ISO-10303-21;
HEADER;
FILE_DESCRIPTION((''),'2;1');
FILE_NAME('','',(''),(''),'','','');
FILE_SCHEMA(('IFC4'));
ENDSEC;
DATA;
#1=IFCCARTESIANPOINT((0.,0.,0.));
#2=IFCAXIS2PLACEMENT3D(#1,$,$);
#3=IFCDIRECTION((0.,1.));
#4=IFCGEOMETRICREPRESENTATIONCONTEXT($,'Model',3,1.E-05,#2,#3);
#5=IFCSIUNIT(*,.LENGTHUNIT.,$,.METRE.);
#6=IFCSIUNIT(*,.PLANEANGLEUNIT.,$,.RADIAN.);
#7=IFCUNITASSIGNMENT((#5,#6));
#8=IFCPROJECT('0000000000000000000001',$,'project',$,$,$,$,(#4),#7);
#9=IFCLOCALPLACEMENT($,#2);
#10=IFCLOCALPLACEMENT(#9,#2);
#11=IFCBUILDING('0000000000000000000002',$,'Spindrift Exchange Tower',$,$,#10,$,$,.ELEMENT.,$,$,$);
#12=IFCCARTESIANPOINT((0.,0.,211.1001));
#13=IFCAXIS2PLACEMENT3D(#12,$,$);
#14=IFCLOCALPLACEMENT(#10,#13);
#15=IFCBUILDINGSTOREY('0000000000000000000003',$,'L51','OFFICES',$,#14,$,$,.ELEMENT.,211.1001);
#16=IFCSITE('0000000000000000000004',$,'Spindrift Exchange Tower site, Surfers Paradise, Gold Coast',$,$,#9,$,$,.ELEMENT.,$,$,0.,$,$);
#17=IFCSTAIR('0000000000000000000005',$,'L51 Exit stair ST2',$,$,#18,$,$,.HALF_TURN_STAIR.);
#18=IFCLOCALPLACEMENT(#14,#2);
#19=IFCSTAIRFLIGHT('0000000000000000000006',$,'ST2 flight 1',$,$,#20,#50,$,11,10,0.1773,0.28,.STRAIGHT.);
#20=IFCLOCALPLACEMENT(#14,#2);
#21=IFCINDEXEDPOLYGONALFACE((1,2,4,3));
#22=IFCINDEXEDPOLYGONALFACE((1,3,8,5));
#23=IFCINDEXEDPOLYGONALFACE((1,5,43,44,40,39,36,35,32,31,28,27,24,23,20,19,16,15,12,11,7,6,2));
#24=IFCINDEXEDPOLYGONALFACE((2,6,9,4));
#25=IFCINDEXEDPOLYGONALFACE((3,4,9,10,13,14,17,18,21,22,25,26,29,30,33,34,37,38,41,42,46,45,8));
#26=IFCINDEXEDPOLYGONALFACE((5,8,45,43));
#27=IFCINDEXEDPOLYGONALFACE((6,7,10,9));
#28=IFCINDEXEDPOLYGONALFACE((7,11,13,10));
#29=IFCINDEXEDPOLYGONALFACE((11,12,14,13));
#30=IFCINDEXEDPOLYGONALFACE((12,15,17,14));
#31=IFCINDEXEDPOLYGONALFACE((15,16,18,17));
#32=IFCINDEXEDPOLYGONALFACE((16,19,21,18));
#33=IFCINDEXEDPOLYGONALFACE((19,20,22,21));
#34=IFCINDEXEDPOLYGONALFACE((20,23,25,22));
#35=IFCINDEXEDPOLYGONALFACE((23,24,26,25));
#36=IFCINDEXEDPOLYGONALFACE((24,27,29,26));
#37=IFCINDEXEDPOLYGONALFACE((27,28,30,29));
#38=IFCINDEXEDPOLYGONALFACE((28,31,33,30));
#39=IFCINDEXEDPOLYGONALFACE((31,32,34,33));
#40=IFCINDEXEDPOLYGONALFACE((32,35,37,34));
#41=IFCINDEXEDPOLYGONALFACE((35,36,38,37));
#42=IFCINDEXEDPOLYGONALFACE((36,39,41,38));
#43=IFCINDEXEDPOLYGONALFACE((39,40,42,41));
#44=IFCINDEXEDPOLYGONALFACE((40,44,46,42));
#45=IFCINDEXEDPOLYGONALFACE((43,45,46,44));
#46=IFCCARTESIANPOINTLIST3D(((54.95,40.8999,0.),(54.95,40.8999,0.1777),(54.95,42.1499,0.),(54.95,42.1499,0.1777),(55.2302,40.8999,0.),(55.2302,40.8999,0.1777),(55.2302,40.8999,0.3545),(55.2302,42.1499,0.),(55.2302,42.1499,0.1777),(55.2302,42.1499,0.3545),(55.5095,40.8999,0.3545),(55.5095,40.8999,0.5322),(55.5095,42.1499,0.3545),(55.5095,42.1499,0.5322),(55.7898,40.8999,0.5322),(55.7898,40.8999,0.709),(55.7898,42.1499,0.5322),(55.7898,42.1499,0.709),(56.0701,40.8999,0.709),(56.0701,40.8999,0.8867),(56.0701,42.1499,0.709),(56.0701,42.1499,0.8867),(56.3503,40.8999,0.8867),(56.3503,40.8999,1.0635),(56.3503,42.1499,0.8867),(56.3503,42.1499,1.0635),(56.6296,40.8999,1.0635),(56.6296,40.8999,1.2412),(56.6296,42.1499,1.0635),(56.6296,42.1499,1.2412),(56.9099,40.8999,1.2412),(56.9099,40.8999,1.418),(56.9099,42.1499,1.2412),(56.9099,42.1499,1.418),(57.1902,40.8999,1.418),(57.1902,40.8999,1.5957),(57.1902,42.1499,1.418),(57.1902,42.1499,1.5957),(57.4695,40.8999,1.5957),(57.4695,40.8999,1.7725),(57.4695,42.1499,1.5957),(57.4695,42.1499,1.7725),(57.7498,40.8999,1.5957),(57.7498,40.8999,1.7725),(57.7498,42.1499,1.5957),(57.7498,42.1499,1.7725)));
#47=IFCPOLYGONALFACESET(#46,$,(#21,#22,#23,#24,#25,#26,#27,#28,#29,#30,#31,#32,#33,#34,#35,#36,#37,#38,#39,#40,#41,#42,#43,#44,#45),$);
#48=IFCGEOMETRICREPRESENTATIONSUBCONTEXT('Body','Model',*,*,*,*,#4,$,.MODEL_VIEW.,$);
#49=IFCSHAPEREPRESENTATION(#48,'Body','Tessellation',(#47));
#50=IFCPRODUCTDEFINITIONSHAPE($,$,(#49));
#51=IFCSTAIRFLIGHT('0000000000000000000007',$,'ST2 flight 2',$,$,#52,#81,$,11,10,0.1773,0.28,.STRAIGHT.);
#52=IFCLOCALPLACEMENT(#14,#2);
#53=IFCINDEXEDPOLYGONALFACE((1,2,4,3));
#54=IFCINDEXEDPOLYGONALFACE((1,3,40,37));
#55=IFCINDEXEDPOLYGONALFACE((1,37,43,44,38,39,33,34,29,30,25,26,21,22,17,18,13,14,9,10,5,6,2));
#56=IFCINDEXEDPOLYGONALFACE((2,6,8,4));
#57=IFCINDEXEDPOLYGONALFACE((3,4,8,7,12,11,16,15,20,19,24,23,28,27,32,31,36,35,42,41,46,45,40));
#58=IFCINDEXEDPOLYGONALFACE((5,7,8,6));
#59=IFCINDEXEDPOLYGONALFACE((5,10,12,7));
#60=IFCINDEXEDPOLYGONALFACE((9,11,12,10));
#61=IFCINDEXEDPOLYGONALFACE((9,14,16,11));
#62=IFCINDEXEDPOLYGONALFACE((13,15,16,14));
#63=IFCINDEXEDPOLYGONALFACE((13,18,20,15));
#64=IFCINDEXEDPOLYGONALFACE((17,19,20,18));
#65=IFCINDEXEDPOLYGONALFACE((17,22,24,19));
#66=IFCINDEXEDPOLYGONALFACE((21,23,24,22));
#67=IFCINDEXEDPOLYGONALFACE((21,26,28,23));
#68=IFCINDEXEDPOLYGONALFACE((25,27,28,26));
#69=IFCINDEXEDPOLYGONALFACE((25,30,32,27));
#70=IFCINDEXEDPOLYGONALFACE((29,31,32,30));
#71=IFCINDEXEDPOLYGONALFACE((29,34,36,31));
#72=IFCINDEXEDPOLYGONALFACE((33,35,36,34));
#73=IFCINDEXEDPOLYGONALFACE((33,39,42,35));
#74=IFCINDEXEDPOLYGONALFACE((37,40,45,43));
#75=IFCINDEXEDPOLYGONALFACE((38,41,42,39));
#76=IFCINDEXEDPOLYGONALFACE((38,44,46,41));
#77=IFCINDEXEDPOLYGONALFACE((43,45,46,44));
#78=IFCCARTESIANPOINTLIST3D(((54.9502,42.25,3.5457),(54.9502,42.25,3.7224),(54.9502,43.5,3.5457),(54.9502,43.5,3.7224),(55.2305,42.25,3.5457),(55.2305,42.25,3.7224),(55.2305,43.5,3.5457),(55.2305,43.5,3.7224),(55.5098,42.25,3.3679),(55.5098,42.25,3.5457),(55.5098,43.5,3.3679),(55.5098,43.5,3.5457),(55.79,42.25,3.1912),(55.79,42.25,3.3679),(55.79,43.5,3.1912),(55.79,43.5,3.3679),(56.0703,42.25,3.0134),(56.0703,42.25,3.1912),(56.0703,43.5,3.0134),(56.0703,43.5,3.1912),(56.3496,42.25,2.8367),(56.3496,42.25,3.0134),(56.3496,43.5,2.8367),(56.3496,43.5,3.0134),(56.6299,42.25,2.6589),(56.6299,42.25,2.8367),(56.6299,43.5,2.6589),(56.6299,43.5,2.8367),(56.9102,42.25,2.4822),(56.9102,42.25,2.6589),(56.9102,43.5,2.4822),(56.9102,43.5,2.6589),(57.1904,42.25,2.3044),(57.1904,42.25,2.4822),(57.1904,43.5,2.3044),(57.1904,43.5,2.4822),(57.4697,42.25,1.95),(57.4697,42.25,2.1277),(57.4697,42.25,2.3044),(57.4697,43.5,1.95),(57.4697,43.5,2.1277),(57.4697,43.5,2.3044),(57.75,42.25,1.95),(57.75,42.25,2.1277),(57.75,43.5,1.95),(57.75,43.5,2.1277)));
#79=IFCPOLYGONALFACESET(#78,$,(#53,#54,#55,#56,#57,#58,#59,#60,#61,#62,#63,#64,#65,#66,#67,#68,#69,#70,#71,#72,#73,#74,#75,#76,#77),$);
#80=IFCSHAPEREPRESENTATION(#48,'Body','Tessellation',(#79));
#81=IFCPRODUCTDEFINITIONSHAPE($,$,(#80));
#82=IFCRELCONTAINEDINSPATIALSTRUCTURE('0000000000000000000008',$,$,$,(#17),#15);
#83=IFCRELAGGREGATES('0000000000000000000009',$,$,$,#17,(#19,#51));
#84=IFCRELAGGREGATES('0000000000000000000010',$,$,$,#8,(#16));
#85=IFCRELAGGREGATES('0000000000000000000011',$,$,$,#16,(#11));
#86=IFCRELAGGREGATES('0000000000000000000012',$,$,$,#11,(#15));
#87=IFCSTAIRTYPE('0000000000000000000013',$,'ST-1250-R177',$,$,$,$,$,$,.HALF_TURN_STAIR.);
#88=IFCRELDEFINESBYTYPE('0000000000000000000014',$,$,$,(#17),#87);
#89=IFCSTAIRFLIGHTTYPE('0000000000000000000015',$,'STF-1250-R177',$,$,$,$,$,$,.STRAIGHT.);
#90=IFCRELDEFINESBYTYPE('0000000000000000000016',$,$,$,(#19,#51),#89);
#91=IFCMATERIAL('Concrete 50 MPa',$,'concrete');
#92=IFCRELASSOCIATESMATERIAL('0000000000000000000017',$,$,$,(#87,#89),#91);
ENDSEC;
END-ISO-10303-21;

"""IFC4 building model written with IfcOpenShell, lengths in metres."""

from ifc_helpers import new_model, si_unit, direction, frame, origin, place, context, subcontext, project, spatial, line, indexed_curve, outline, extrude, material, type_object, element, aggregate, save


model = new_model("IFC4")

# Units and contexts
model_context = context("Model", 3, precision=1e-05, world=origin(), true_north=direction((0.0, 1.0)))
body_context = subcontext(model_context, "Body", "Model", "MODEL_VIEW")
ifc_project = project(units=[si_unit("LENGTHUNIT", "METRE"), si_unit("PLANEANGLEUNIT", "RADIAN")], contexts=[model_context])

# Site, building, storey
site_placement = place(None, origin())
site = spatial("IfcSite", under=ifc_project, at=site_placement, Name="Spindrift Exchange Tower site, Surfers Paradise, Gold Coast", CompositionType="ELEMENT", RefElevation=0.0)
building_placement = place(site_placement, origin())
building = spatial("IfcBuilding", under=site, at=building_placement, Name="Spindrift Exchange Tower", CompositionType="ELEMENT")
storey_placement = place(building_placement, frame((0.0, 0.0, 211.1001)))
storey = spatial("IfcBuildingStorey", under=building, at=storey_placement, Name="L51", Description="OFFICES", CompositionType="ELEMENT", Elevation=211.1001)

# Stair, stair flights
ifc_material_1 = material(Name="Concrete 50 MPa", Category="concrete")
stair_type = type_object("IfcStairType", Name="ST-1250-R177", PredefinedType="HALF_TURN_STAIR", material=ifc_material_1)
stair_placement = place(storey_placement, origin())
stair = element("IfcStair", 1, at=stair_placement, inside=storey, type_object=stair_type, Name="L51 Exit stair ST2", PredefinedType="HALF_TURN_STAIR")
stair_flight_type = type_object("IfcStairFlightType", Name="STF-1250-R177", PredefinedType="STRAIGHT", material=ifc_material_1)
stair_flight_1_placement = place(storey_placement, frame((54.95, 41.5249, 0.0), z_axis=(0.0, 0.0, 1.0), x_axis=(1.0, 0.0, 0.0)))
stair_flight_1 = element("IfcStairFlight", 2, at=stair_flight_1_placement, type_object=stair_flight_type, Name="ST2 flight 1", NumberOfRisers=11, NumberOfTreads=10, PredefinedType="STRAIGHT", RiserHeight=0.1773, TreadLength=0.28, context=body_context, shape_type="SweptSolid", body=[
    extrude(outline(indexed_curve([(0.0, 0.0), (0.0, 0.1777), (0.2803, 0.1777), (0.2803, 0.3545), (0.5596, 0.3545), (0.5596, 0.5322), (0.8398, 0.5322), (0.8398, 0.709), (1.1201, 0.709), (1.1201, 0.8867), (1.4004, 0.8867), (1.4004, 1.0635), (1.6797, 1.0635), (1.6797, 1.2412), (1.96, 1.2412), (1.96, 1.418), (2.2402, 1.418), (2.2402, 1.5957), (2.5195, 1.5957), (2.5195, 1.7725), (2.7998, 1.7725), (2.7998, 1.9502), (2.7998, 1.5957), (0.2803, 0.0)], segments=[line(1, 2, 3, 4, 5, 6, 7, 8, 9, 10, 11, 12, 13, 14, 15, 16, 17, 18, 19, 20, 21, 22, 23, 24, 1)], self_intersect=False)), frame((0.0, 0.625, 0.0), z_axis=(0.0, -1.0, 0.0), x_axis=(1.0, 0.0, 0.0)), (0.0, 0.0, 1.0), 1.25),
])
stair_flight_2_placement = place(storey_placement, frame((57.75, 42.875, 1.95), z_axis=(0.0, 0.0, 1.0), x_axis=(-1.0, 0.0, 0.0)))
stair_flight_2 = element("IfcStairFlight", 3, at=stair_flight_2_placement, type_object=stair_flight_type, Name="ST2 flight 2", NumberOfRisers=11, NumberOfTreads=10, PredefinedType="STRAIGHT", RiserHeight=0.1773, TreadLength=0.28, context=body_context, shape_type="SweptSolid", body=[
    extrude(outline(indexed_curve([(0.0, 0.0), (0.0, 0.1777), (0.2803, 0.1777), (0.2803, 0.3545), (0.5596, 0.3545), (0.5596, 0.5322), (0.8398, 0.5322), (0.8398, 0.709), (1.1201, 0.709), (1.1201, 0.8867), (1.4004, 0.8867), (1.4004, 1.0635), (1.6797, 1.0635), (1.6797, 1.2412), (1.96, 1.2412), (1.96, 1.418), (2.2402, 1.418), (2.2402, 1.5957), (2.5195, 1.5957), (2.5195, 1.7725), (2.7998, 1.7725), (2.7998, 1.9502), (2.7998, 1.5957), (0.2803, 0.0)], segments=[line(1, 2, 3, 4, 5, 6, 7, 8, 9, 10, 11, 12, 13, 14, 15, 16, 17, 18, 19, 20, 21, 22, 23, 24, 1)], self_intersect=False)), frame((0.0, 0.625, 0.0), z_axis=(0.0, -1.0, 0.0), x_axis=(1.0, 0.0, 0.0)), (0.0, 0.0, 1.0), 1.25),
])
aggregate(stair, [stair_flight_1, stair_flight_2])

save(model, "model.ifc")
